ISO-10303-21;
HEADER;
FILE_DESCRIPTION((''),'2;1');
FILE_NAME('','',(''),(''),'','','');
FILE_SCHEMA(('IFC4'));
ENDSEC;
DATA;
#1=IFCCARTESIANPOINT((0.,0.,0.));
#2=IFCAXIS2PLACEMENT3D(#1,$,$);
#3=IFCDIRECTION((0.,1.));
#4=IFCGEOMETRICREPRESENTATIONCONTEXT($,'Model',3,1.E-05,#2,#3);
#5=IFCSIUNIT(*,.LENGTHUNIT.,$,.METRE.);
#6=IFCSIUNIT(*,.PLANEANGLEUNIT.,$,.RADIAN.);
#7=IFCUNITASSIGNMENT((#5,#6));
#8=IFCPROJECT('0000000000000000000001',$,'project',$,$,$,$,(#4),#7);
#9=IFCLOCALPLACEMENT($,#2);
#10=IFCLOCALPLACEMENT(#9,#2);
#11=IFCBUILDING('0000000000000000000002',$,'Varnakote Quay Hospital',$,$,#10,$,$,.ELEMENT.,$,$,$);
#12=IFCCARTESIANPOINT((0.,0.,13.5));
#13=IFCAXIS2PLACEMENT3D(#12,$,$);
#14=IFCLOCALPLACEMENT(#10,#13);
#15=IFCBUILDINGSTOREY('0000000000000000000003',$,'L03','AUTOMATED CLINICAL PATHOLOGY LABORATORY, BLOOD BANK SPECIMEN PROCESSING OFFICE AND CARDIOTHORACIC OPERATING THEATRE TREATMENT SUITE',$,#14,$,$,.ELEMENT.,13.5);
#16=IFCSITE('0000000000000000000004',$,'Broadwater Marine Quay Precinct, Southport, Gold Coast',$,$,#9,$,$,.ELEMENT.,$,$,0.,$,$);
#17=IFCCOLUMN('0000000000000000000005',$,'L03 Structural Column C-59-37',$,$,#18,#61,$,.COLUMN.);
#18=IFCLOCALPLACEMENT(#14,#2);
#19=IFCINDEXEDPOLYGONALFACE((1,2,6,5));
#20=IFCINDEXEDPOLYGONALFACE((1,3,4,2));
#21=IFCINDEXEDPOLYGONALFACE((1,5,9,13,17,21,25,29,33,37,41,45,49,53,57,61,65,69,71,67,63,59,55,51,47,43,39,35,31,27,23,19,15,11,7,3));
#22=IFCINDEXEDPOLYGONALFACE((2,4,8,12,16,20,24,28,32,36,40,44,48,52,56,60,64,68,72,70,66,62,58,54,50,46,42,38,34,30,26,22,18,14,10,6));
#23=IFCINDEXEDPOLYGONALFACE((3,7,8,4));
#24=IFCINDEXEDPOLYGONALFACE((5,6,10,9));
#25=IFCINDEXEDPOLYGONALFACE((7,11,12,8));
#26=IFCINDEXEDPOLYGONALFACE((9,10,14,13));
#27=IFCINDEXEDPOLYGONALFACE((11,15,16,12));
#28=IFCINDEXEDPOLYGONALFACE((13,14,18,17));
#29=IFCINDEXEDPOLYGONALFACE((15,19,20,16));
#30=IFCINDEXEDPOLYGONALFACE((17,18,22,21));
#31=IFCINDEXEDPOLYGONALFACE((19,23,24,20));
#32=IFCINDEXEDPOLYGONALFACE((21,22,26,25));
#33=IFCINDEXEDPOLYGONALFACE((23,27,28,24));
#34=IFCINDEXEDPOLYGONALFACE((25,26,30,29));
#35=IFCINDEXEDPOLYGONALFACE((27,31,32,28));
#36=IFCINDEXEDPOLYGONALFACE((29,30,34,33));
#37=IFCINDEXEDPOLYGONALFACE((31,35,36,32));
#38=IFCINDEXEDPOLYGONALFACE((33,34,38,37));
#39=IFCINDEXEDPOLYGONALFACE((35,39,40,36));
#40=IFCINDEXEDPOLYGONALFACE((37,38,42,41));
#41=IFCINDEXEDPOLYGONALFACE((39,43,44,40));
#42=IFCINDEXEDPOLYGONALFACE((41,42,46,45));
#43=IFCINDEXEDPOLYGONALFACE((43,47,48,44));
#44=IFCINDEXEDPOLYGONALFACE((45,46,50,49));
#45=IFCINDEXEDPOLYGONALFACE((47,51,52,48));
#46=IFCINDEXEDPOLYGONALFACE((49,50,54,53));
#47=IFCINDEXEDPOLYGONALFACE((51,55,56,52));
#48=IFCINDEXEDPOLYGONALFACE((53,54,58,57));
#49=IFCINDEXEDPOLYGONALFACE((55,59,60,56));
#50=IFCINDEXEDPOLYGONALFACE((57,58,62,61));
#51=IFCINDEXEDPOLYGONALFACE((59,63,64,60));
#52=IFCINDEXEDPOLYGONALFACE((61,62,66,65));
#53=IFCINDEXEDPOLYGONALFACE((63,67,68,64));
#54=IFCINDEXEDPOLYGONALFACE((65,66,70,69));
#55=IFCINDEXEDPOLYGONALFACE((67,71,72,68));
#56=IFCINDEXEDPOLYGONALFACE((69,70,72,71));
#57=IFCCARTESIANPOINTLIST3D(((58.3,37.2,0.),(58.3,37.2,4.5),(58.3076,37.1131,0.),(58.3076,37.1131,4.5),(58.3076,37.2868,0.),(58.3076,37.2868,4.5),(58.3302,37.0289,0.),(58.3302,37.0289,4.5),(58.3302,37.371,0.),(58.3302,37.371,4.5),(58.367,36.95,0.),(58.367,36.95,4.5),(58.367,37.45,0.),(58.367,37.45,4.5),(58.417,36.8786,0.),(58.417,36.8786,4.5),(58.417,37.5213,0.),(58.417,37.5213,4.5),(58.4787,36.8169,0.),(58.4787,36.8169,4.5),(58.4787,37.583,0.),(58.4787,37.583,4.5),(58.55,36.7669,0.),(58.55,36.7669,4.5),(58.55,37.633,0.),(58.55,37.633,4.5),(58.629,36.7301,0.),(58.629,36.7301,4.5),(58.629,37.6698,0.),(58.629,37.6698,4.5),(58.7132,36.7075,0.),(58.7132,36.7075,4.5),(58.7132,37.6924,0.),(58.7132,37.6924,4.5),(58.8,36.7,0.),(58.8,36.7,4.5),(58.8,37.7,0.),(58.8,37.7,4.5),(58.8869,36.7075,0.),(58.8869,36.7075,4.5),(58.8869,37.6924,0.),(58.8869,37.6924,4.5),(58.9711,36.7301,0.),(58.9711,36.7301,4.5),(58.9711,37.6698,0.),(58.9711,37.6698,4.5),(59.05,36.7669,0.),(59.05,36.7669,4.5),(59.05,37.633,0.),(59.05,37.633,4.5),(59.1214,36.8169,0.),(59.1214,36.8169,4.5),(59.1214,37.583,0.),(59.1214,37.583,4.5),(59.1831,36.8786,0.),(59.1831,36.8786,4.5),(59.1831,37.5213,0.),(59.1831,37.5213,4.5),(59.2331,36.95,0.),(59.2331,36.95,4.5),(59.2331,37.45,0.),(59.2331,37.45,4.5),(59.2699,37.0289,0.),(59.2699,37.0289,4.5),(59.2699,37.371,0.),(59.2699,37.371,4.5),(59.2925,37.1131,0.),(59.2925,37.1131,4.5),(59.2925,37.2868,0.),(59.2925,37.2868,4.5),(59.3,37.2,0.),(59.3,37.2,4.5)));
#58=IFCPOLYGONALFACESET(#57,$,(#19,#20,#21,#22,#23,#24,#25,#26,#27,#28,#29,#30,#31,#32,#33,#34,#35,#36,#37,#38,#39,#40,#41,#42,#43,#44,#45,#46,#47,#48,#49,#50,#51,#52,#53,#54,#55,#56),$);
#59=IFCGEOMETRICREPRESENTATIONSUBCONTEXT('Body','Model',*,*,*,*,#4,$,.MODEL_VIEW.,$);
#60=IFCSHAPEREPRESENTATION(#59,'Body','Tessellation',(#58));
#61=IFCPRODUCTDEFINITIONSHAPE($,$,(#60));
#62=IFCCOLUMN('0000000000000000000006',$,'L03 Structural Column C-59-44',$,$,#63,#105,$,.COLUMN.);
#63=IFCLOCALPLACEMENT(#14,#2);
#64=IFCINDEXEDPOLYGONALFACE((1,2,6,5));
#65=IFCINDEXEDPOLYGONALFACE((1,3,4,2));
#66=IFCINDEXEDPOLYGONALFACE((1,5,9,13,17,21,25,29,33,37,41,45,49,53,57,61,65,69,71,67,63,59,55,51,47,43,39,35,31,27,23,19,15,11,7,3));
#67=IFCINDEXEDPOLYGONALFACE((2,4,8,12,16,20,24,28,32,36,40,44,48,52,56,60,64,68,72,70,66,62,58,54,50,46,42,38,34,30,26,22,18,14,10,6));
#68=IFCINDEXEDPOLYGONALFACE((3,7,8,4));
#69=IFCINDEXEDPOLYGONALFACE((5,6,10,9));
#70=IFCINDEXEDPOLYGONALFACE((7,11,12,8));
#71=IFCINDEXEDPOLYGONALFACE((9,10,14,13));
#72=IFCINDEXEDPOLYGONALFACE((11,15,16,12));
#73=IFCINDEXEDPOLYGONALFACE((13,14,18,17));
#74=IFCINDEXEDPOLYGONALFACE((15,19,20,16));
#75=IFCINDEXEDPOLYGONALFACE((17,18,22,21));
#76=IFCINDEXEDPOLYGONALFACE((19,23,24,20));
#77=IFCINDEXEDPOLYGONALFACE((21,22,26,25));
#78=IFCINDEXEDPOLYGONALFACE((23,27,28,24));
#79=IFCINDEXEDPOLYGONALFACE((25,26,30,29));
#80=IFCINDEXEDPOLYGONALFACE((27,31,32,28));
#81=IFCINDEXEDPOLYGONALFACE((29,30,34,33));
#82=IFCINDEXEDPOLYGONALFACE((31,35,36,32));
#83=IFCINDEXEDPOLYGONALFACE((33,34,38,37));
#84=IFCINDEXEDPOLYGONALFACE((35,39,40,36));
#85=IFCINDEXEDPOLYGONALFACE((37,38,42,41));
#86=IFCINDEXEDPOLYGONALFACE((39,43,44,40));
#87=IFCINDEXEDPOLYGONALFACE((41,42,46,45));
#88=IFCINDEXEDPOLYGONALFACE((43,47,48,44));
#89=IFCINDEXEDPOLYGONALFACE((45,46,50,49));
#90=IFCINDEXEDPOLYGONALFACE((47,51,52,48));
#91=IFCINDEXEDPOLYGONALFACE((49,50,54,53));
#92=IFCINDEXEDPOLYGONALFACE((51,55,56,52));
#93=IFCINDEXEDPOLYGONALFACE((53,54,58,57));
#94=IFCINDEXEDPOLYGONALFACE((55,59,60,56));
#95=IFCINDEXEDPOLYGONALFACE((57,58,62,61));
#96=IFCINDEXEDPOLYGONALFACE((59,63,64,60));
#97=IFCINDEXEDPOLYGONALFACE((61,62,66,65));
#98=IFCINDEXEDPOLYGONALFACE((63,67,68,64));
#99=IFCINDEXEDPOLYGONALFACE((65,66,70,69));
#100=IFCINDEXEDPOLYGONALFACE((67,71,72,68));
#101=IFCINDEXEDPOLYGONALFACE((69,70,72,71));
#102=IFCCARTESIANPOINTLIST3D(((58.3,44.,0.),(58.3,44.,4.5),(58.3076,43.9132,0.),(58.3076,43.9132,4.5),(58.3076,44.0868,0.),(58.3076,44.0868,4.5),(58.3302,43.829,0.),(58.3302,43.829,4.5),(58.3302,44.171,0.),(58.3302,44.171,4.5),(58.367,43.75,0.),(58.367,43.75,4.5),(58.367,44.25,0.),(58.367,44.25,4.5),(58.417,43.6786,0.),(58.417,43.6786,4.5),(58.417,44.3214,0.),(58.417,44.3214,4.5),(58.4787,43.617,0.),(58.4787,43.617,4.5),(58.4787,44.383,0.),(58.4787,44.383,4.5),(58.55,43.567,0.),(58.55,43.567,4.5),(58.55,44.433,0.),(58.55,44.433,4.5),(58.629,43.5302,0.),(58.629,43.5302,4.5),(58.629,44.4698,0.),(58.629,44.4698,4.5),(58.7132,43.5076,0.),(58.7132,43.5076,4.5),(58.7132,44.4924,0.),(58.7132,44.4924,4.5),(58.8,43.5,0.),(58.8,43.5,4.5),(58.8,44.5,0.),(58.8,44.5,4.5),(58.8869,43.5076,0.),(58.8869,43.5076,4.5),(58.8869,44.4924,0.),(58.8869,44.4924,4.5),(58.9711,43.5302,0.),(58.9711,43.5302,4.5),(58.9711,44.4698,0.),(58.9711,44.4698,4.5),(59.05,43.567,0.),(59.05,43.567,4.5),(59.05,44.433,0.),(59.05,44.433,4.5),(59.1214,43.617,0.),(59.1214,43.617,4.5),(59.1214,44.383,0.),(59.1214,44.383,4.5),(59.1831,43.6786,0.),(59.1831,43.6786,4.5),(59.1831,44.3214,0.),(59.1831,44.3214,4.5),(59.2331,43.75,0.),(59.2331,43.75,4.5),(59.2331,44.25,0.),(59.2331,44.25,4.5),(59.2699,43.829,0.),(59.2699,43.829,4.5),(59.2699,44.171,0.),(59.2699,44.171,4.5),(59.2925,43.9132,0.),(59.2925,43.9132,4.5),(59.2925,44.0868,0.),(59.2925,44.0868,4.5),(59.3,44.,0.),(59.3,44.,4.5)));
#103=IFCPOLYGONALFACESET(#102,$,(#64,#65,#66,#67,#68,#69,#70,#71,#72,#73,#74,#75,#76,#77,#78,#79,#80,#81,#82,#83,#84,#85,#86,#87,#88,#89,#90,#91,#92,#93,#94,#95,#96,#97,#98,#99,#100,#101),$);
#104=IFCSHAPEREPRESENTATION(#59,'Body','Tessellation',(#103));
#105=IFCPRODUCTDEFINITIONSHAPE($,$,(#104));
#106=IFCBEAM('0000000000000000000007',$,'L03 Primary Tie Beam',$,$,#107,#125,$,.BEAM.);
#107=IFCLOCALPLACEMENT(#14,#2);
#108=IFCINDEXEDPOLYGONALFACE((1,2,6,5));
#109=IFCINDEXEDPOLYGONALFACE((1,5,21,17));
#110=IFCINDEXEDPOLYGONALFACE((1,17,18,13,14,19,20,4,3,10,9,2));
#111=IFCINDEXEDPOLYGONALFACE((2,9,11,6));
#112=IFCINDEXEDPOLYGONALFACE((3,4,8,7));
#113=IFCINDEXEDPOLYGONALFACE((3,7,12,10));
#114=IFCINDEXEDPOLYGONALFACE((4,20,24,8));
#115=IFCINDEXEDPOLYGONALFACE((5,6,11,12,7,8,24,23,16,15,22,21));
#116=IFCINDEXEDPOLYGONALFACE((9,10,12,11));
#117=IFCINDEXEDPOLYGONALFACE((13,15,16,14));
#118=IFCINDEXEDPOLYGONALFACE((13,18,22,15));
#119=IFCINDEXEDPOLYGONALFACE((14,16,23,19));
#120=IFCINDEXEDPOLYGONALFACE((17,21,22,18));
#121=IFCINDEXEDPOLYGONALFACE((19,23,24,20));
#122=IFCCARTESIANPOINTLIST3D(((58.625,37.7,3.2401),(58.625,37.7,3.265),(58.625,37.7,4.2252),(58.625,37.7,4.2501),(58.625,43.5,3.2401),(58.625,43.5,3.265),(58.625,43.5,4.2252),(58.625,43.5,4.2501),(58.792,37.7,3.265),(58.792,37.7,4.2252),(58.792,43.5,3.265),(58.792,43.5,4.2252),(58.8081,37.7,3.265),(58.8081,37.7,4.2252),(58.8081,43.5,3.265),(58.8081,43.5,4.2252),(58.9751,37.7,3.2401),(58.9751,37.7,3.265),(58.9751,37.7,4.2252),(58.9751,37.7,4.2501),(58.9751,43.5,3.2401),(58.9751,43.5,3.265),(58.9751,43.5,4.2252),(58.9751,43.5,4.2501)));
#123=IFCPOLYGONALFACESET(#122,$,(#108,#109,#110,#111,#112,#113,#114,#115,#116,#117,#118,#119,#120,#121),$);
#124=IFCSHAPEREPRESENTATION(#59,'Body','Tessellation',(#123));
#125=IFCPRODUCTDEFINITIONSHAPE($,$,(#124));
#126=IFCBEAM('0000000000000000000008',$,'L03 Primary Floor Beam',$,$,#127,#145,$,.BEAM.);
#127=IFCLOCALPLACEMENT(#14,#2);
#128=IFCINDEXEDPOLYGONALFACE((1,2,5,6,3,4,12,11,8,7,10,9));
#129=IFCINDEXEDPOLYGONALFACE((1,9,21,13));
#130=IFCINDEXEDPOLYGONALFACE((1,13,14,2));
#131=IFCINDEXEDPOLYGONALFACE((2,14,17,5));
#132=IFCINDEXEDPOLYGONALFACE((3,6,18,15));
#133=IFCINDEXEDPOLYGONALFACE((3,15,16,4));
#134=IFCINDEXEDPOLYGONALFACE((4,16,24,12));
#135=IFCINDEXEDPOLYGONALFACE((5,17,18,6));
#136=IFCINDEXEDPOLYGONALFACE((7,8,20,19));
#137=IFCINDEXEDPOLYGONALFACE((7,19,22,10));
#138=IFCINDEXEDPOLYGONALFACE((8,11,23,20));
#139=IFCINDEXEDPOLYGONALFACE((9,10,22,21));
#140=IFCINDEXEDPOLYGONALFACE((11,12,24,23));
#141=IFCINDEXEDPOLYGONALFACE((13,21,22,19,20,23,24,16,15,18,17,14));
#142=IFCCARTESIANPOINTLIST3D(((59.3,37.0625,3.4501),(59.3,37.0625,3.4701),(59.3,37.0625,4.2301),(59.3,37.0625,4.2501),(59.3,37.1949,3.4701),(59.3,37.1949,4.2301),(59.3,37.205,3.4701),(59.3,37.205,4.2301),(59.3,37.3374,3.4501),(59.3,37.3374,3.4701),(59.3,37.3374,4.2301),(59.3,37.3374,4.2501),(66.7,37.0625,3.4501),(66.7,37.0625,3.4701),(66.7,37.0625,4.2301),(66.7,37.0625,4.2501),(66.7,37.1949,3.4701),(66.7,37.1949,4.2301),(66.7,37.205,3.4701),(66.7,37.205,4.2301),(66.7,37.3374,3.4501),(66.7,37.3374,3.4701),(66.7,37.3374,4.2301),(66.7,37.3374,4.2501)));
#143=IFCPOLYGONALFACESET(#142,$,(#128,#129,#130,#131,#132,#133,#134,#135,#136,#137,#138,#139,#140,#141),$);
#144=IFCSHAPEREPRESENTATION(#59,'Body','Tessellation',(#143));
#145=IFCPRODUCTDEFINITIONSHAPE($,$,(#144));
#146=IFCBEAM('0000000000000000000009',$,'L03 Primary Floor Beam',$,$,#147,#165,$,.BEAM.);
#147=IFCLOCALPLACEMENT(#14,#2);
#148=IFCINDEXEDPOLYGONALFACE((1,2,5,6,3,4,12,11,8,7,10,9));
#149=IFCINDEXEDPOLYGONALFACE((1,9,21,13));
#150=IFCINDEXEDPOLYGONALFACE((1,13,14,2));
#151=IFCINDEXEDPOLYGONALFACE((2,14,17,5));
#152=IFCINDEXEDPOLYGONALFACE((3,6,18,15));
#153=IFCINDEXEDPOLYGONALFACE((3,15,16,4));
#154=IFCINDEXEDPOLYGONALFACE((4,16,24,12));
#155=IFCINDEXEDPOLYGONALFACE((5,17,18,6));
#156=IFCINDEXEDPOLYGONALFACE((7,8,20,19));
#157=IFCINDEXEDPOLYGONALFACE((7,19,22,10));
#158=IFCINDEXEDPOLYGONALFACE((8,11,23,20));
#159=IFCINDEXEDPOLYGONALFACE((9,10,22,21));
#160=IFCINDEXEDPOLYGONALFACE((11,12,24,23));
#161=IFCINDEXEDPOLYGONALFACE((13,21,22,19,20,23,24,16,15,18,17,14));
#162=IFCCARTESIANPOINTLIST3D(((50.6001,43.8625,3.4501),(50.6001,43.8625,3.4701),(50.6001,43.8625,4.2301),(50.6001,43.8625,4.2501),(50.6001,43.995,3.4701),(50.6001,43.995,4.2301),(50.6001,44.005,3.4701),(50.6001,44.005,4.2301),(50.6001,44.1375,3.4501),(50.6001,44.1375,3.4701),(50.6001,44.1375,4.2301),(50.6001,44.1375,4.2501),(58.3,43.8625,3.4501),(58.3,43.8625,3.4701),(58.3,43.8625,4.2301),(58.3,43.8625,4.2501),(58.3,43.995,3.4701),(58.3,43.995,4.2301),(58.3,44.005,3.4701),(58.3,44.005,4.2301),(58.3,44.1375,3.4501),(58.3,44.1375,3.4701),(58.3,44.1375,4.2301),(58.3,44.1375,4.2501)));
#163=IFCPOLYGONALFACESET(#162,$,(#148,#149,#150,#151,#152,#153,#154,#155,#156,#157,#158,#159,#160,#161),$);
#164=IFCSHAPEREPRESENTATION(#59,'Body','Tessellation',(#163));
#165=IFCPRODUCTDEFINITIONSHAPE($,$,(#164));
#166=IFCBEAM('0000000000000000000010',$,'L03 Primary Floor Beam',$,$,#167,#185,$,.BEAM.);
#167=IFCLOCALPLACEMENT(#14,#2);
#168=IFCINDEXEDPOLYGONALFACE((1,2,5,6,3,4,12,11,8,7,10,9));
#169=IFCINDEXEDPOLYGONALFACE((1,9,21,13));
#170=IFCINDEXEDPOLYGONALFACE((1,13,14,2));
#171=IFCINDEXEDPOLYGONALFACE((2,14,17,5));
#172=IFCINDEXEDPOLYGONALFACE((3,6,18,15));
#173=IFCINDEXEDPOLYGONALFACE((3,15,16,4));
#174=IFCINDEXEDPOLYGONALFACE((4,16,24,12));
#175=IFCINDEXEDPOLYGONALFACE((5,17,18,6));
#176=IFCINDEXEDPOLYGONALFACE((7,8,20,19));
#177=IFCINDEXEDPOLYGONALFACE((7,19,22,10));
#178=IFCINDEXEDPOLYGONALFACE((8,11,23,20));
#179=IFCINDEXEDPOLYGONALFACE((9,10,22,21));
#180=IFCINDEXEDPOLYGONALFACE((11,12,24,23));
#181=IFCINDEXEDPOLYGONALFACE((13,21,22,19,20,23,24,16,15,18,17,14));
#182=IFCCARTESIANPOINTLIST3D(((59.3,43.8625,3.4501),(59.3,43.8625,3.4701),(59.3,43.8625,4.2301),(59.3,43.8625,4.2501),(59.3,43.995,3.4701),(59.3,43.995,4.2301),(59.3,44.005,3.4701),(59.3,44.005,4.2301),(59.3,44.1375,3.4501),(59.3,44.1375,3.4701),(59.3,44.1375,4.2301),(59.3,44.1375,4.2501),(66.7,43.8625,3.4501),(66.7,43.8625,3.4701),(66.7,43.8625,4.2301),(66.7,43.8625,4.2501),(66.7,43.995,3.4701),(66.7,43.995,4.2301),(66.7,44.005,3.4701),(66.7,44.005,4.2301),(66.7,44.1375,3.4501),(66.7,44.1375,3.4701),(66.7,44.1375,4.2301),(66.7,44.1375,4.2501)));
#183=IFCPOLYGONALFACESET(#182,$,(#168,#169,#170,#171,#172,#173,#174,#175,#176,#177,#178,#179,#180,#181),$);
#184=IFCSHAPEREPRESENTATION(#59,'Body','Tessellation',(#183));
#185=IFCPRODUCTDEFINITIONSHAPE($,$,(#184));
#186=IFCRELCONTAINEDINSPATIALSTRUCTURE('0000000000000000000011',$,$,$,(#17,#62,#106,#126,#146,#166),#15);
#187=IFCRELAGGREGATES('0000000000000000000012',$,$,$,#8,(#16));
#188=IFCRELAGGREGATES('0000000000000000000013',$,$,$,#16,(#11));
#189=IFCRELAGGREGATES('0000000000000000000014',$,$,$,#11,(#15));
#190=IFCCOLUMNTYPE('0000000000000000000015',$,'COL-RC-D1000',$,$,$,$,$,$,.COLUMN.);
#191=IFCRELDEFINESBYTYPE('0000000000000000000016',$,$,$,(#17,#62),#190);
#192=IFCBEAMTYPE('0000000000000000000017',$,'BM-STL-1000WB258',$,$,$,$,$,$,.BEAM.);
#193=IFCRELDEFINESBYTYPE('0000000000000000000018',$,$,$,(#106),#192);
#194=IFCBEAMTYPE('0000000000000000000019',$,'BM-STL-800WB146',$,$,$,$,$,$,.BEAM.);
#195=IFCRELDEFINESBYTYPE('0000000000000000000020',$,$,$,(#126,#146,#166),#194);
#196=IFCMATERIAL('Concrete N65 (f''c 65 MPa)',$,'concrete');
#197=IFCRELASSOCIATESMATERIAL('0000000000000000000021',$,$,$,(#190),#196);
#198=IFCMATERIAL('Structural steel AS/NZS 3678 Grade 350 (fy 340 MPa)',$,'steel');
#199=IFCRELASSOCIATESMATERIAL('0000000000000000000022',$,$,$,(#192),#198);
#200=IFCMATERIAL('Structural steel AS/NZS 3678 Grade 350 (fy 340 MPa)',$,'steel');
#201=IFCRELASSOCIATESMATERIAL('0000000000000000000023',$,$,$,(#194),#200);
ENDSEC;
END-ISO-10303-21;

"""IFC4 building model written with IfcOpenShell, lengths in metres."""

from ifc_helpers import new_model, si_unit, direction, frame, origin, origin_2d, place, context, subcontext, project, spatial, circle, i_section, extrude, material, material_profile, profile_set, type_object, element, save


model = new_model("IFC4")

# Units and contexts
model_context = context("Model", 3, precision=1e-05, world=origin(), true_north=direction((0.0, 1.0)))
body_context = subcontext(model_context, "Body", "Model", "MODEL_VIEW")
ifc_project = project(units=[si_unit("LENGTHUNIT", "METRE"), si_unit("PLANEANGLEUNIT", "RADIAN")], contexts=[model_context])

# Site, building, storey
site_placement = place(None, origin())
site = spatial("IfcSite", under=ifc_project, at=site_placement, Name="Broadwater Marine Quay Precinct, Southport, Gold Coast", CompositionType="ELEMENT", RefElevation=0.0)
building_placement = place(site_placement, origin())
building = spatial("IfcBuilding", under=site, at=building_placement, Name="Varnakote Quay Hospital", CompositionType="ELEMENT")
storey_placement = place(building_placement, frame((0.0, 0.0, 13.5)))
storey = spatial("IfcBuildingStorey", under=building, at=storey_placement, Name="L03", Description="AUTOMATED CLINICAL PATHOLOGY LABORATORY, BLOOD BANK SPECIMEN PROCESSING OFFICE AND CARDIOTHORACIC OPERATING THEATRE TREATMENT SUITE", CompositionType="ELEMENT", Elevation=13.5)

# Columns
ifc_material_1 = material(Name="Concrete N65 (f'c 65 MPa)", Category="concrete")
ifc_material_profile_1 = material_profile(ifc_material_1, circle(Radius=0.5, at=origin_2d()), Name="RC-COL-D1000")
ifc_profile_set_1 = profile_set([ifc_material_profile_1], Name="Concrete N65 (f'c 65 MPa)")
column_type = type_object("IfcColumnType", Name="COL-RC-D1000", PredefinedType="COLUMN", material=ifc_profile_set_1)
for number, where, z_axis, x_axis, name in (
    (1, (58.8, 37.2, 0.0), (0.0, 0.0, 1.0), (1.0, 0.0, 0.0), "L03 Structural Column C-59-37"),
    (2, (58.8, 44.0, 0.0), (0.0, 0.0, 1.0), (1.0, 0.0, 0.0), "L03 Structural Column C-59-44"),
):
    element("IfcColumn", number, at=place(storey_placement, frame(where, z_axis=z_axis, x_axis=x_axis)), inside=storey, type_object=column_type, Name=name, PredefinedType="COLUMN", context=body_context, shape_type="SweptSolid", body=[
        extrude(circle(Radius=0.5, at=origin_2d()), origin(), (0.0, 0.0, 1.0), 4.5),
    ])

# Beams
ifc_material_2 = material(Name="Structural steel AS/NZS 3678 Grade 350 (fy 340 MPa)", Category="steel")
ifc_material_profile_2 = material_profile(ifc_material_2, i_section(OverallWidth=0.3501, OverallDepth=1.01, WebThickness=0.0161, FlangeThickness=0.0249, at=origin_2d()), Name="1000WB258")
ifc_profile_set_2 = profile_set([ifc_material_profile_2], Name="Structural steel AS/NZS 3678 Grade 350 (fy 340 MPa)")
beam_type_1 = type_object("IfcBeamType", Name="BM-STL-1000WB258", PredefinedType="BEAM", material=ifc_profile_set_2)
beam_1_placement = place(storey_placement, frame((58.8, 37.7, 3.7451), z_axis=(0.0, 1.0, 0.0), x_axis=(-1.0, 0.0, 0.0)))
element("IfcBeam", 3, at=beam_1_placement, inside=storey, type_object=beam_type_1, Name="L03 Primary Tie Beam", PredefinedType="BEAM", context=body_context, shape_type="SweptSolid", body=[
    extrude(i_section(OverallWidth=0.3501, OverallDepth=1.01, WebThickness=0.0161, FlangeThickness=0.0249, at=origin_2d()), origin(), (0.0, 0.0, 1.0), 5.8),
])
ifc_material_3 = material(Name="Structural steel AS/NZS 3678 Grade 350 (fy 340 MPa)", Category="steel")
ifc_material_profile_3 = material_profile(ifc_material_3, i_section(OverallWidth=0.2749, OverallDepth=0.8, WebThickness=0.01, FlangeThickness=0.02, at=origin_2d()), Name="800WB146")
ifc_profile_set_3 = profile_set([ifc_material_profile_3], Name="Structural steel AS/NZS 3678 Grade 350 (fy 340 MPa)")
beam_type_2 = type_object("IfcBeamType", Name="BM-STL-800WB146", PredefinedType="BEAM", material=ifc_profile_set_3)
beam_2_placement = place(storey_placement, frame((59.3, 37.2, 3.8501), z_axis=(1.0, 0.0, 0.0), x_axis=(0.0, 1.0, 0.0)))
element("IfcBeam", 4, at=beam_2_placement, inside=storey, type_object=beam_type_2, Name="L03 Primary Floor Beam", PredefinedType="BEAM", context=body_context, shape_type="SweptSolid", body=[
    extrude(i_section(OverallWidth=0.2749, OverallDepth=0.8, WebThickness=0.01, FlangeThickness=0.02, at=origin_2d()), origin(), (0.0, 0.0, 1.0), 7.3999),
])
beam_3_placement = place(storey_placement, frame((50.6001, 44.0, 3.8501), z_axis=(1.0, 0.0, 0.0), x_axis=(0.0, 1.0, 0.0)))
element("IfcBeam", 5, at=beam_3_placement, inside=storey, type_object=beam_type_2, Name="L03 Primary Floor Beam", PredefinedType="BEAM", context=body_context, shape_type="SweptSolid", body=[
    extrude(i_section(OverallWidth=0.2749, OverallDepth=0.8, WebThickness=0.01, FlangeThickness=0.02, at=origin_2d()), origin(), (0.0, 0.0, 1.0), 7.7),
])
beam_4_placement = place(storey_placement, frame((59.3, 44.0, 3.8501), z_axis=(1.0, 0.0, 0.0), x_axis=(0.0, 1.0, 0.0)))
element("IfcBeam", 6, at=beam_4_placement, inside=storey, type_object=beam_type_2, Name="L03 Primary Floor Beam", PredefinedType="BEAM", context=body_context, shape_type="SweptSolid", body=[
    extrude(i_section(OverallWidth=0.2749, OverallDepth=0.8, WebThickness=0.01, FlangeThickness=0.02, at=origin_2d()), origin(), (0.0, 0.0, 1.0), 7.3999),
])

save(model, "model.ifc")
